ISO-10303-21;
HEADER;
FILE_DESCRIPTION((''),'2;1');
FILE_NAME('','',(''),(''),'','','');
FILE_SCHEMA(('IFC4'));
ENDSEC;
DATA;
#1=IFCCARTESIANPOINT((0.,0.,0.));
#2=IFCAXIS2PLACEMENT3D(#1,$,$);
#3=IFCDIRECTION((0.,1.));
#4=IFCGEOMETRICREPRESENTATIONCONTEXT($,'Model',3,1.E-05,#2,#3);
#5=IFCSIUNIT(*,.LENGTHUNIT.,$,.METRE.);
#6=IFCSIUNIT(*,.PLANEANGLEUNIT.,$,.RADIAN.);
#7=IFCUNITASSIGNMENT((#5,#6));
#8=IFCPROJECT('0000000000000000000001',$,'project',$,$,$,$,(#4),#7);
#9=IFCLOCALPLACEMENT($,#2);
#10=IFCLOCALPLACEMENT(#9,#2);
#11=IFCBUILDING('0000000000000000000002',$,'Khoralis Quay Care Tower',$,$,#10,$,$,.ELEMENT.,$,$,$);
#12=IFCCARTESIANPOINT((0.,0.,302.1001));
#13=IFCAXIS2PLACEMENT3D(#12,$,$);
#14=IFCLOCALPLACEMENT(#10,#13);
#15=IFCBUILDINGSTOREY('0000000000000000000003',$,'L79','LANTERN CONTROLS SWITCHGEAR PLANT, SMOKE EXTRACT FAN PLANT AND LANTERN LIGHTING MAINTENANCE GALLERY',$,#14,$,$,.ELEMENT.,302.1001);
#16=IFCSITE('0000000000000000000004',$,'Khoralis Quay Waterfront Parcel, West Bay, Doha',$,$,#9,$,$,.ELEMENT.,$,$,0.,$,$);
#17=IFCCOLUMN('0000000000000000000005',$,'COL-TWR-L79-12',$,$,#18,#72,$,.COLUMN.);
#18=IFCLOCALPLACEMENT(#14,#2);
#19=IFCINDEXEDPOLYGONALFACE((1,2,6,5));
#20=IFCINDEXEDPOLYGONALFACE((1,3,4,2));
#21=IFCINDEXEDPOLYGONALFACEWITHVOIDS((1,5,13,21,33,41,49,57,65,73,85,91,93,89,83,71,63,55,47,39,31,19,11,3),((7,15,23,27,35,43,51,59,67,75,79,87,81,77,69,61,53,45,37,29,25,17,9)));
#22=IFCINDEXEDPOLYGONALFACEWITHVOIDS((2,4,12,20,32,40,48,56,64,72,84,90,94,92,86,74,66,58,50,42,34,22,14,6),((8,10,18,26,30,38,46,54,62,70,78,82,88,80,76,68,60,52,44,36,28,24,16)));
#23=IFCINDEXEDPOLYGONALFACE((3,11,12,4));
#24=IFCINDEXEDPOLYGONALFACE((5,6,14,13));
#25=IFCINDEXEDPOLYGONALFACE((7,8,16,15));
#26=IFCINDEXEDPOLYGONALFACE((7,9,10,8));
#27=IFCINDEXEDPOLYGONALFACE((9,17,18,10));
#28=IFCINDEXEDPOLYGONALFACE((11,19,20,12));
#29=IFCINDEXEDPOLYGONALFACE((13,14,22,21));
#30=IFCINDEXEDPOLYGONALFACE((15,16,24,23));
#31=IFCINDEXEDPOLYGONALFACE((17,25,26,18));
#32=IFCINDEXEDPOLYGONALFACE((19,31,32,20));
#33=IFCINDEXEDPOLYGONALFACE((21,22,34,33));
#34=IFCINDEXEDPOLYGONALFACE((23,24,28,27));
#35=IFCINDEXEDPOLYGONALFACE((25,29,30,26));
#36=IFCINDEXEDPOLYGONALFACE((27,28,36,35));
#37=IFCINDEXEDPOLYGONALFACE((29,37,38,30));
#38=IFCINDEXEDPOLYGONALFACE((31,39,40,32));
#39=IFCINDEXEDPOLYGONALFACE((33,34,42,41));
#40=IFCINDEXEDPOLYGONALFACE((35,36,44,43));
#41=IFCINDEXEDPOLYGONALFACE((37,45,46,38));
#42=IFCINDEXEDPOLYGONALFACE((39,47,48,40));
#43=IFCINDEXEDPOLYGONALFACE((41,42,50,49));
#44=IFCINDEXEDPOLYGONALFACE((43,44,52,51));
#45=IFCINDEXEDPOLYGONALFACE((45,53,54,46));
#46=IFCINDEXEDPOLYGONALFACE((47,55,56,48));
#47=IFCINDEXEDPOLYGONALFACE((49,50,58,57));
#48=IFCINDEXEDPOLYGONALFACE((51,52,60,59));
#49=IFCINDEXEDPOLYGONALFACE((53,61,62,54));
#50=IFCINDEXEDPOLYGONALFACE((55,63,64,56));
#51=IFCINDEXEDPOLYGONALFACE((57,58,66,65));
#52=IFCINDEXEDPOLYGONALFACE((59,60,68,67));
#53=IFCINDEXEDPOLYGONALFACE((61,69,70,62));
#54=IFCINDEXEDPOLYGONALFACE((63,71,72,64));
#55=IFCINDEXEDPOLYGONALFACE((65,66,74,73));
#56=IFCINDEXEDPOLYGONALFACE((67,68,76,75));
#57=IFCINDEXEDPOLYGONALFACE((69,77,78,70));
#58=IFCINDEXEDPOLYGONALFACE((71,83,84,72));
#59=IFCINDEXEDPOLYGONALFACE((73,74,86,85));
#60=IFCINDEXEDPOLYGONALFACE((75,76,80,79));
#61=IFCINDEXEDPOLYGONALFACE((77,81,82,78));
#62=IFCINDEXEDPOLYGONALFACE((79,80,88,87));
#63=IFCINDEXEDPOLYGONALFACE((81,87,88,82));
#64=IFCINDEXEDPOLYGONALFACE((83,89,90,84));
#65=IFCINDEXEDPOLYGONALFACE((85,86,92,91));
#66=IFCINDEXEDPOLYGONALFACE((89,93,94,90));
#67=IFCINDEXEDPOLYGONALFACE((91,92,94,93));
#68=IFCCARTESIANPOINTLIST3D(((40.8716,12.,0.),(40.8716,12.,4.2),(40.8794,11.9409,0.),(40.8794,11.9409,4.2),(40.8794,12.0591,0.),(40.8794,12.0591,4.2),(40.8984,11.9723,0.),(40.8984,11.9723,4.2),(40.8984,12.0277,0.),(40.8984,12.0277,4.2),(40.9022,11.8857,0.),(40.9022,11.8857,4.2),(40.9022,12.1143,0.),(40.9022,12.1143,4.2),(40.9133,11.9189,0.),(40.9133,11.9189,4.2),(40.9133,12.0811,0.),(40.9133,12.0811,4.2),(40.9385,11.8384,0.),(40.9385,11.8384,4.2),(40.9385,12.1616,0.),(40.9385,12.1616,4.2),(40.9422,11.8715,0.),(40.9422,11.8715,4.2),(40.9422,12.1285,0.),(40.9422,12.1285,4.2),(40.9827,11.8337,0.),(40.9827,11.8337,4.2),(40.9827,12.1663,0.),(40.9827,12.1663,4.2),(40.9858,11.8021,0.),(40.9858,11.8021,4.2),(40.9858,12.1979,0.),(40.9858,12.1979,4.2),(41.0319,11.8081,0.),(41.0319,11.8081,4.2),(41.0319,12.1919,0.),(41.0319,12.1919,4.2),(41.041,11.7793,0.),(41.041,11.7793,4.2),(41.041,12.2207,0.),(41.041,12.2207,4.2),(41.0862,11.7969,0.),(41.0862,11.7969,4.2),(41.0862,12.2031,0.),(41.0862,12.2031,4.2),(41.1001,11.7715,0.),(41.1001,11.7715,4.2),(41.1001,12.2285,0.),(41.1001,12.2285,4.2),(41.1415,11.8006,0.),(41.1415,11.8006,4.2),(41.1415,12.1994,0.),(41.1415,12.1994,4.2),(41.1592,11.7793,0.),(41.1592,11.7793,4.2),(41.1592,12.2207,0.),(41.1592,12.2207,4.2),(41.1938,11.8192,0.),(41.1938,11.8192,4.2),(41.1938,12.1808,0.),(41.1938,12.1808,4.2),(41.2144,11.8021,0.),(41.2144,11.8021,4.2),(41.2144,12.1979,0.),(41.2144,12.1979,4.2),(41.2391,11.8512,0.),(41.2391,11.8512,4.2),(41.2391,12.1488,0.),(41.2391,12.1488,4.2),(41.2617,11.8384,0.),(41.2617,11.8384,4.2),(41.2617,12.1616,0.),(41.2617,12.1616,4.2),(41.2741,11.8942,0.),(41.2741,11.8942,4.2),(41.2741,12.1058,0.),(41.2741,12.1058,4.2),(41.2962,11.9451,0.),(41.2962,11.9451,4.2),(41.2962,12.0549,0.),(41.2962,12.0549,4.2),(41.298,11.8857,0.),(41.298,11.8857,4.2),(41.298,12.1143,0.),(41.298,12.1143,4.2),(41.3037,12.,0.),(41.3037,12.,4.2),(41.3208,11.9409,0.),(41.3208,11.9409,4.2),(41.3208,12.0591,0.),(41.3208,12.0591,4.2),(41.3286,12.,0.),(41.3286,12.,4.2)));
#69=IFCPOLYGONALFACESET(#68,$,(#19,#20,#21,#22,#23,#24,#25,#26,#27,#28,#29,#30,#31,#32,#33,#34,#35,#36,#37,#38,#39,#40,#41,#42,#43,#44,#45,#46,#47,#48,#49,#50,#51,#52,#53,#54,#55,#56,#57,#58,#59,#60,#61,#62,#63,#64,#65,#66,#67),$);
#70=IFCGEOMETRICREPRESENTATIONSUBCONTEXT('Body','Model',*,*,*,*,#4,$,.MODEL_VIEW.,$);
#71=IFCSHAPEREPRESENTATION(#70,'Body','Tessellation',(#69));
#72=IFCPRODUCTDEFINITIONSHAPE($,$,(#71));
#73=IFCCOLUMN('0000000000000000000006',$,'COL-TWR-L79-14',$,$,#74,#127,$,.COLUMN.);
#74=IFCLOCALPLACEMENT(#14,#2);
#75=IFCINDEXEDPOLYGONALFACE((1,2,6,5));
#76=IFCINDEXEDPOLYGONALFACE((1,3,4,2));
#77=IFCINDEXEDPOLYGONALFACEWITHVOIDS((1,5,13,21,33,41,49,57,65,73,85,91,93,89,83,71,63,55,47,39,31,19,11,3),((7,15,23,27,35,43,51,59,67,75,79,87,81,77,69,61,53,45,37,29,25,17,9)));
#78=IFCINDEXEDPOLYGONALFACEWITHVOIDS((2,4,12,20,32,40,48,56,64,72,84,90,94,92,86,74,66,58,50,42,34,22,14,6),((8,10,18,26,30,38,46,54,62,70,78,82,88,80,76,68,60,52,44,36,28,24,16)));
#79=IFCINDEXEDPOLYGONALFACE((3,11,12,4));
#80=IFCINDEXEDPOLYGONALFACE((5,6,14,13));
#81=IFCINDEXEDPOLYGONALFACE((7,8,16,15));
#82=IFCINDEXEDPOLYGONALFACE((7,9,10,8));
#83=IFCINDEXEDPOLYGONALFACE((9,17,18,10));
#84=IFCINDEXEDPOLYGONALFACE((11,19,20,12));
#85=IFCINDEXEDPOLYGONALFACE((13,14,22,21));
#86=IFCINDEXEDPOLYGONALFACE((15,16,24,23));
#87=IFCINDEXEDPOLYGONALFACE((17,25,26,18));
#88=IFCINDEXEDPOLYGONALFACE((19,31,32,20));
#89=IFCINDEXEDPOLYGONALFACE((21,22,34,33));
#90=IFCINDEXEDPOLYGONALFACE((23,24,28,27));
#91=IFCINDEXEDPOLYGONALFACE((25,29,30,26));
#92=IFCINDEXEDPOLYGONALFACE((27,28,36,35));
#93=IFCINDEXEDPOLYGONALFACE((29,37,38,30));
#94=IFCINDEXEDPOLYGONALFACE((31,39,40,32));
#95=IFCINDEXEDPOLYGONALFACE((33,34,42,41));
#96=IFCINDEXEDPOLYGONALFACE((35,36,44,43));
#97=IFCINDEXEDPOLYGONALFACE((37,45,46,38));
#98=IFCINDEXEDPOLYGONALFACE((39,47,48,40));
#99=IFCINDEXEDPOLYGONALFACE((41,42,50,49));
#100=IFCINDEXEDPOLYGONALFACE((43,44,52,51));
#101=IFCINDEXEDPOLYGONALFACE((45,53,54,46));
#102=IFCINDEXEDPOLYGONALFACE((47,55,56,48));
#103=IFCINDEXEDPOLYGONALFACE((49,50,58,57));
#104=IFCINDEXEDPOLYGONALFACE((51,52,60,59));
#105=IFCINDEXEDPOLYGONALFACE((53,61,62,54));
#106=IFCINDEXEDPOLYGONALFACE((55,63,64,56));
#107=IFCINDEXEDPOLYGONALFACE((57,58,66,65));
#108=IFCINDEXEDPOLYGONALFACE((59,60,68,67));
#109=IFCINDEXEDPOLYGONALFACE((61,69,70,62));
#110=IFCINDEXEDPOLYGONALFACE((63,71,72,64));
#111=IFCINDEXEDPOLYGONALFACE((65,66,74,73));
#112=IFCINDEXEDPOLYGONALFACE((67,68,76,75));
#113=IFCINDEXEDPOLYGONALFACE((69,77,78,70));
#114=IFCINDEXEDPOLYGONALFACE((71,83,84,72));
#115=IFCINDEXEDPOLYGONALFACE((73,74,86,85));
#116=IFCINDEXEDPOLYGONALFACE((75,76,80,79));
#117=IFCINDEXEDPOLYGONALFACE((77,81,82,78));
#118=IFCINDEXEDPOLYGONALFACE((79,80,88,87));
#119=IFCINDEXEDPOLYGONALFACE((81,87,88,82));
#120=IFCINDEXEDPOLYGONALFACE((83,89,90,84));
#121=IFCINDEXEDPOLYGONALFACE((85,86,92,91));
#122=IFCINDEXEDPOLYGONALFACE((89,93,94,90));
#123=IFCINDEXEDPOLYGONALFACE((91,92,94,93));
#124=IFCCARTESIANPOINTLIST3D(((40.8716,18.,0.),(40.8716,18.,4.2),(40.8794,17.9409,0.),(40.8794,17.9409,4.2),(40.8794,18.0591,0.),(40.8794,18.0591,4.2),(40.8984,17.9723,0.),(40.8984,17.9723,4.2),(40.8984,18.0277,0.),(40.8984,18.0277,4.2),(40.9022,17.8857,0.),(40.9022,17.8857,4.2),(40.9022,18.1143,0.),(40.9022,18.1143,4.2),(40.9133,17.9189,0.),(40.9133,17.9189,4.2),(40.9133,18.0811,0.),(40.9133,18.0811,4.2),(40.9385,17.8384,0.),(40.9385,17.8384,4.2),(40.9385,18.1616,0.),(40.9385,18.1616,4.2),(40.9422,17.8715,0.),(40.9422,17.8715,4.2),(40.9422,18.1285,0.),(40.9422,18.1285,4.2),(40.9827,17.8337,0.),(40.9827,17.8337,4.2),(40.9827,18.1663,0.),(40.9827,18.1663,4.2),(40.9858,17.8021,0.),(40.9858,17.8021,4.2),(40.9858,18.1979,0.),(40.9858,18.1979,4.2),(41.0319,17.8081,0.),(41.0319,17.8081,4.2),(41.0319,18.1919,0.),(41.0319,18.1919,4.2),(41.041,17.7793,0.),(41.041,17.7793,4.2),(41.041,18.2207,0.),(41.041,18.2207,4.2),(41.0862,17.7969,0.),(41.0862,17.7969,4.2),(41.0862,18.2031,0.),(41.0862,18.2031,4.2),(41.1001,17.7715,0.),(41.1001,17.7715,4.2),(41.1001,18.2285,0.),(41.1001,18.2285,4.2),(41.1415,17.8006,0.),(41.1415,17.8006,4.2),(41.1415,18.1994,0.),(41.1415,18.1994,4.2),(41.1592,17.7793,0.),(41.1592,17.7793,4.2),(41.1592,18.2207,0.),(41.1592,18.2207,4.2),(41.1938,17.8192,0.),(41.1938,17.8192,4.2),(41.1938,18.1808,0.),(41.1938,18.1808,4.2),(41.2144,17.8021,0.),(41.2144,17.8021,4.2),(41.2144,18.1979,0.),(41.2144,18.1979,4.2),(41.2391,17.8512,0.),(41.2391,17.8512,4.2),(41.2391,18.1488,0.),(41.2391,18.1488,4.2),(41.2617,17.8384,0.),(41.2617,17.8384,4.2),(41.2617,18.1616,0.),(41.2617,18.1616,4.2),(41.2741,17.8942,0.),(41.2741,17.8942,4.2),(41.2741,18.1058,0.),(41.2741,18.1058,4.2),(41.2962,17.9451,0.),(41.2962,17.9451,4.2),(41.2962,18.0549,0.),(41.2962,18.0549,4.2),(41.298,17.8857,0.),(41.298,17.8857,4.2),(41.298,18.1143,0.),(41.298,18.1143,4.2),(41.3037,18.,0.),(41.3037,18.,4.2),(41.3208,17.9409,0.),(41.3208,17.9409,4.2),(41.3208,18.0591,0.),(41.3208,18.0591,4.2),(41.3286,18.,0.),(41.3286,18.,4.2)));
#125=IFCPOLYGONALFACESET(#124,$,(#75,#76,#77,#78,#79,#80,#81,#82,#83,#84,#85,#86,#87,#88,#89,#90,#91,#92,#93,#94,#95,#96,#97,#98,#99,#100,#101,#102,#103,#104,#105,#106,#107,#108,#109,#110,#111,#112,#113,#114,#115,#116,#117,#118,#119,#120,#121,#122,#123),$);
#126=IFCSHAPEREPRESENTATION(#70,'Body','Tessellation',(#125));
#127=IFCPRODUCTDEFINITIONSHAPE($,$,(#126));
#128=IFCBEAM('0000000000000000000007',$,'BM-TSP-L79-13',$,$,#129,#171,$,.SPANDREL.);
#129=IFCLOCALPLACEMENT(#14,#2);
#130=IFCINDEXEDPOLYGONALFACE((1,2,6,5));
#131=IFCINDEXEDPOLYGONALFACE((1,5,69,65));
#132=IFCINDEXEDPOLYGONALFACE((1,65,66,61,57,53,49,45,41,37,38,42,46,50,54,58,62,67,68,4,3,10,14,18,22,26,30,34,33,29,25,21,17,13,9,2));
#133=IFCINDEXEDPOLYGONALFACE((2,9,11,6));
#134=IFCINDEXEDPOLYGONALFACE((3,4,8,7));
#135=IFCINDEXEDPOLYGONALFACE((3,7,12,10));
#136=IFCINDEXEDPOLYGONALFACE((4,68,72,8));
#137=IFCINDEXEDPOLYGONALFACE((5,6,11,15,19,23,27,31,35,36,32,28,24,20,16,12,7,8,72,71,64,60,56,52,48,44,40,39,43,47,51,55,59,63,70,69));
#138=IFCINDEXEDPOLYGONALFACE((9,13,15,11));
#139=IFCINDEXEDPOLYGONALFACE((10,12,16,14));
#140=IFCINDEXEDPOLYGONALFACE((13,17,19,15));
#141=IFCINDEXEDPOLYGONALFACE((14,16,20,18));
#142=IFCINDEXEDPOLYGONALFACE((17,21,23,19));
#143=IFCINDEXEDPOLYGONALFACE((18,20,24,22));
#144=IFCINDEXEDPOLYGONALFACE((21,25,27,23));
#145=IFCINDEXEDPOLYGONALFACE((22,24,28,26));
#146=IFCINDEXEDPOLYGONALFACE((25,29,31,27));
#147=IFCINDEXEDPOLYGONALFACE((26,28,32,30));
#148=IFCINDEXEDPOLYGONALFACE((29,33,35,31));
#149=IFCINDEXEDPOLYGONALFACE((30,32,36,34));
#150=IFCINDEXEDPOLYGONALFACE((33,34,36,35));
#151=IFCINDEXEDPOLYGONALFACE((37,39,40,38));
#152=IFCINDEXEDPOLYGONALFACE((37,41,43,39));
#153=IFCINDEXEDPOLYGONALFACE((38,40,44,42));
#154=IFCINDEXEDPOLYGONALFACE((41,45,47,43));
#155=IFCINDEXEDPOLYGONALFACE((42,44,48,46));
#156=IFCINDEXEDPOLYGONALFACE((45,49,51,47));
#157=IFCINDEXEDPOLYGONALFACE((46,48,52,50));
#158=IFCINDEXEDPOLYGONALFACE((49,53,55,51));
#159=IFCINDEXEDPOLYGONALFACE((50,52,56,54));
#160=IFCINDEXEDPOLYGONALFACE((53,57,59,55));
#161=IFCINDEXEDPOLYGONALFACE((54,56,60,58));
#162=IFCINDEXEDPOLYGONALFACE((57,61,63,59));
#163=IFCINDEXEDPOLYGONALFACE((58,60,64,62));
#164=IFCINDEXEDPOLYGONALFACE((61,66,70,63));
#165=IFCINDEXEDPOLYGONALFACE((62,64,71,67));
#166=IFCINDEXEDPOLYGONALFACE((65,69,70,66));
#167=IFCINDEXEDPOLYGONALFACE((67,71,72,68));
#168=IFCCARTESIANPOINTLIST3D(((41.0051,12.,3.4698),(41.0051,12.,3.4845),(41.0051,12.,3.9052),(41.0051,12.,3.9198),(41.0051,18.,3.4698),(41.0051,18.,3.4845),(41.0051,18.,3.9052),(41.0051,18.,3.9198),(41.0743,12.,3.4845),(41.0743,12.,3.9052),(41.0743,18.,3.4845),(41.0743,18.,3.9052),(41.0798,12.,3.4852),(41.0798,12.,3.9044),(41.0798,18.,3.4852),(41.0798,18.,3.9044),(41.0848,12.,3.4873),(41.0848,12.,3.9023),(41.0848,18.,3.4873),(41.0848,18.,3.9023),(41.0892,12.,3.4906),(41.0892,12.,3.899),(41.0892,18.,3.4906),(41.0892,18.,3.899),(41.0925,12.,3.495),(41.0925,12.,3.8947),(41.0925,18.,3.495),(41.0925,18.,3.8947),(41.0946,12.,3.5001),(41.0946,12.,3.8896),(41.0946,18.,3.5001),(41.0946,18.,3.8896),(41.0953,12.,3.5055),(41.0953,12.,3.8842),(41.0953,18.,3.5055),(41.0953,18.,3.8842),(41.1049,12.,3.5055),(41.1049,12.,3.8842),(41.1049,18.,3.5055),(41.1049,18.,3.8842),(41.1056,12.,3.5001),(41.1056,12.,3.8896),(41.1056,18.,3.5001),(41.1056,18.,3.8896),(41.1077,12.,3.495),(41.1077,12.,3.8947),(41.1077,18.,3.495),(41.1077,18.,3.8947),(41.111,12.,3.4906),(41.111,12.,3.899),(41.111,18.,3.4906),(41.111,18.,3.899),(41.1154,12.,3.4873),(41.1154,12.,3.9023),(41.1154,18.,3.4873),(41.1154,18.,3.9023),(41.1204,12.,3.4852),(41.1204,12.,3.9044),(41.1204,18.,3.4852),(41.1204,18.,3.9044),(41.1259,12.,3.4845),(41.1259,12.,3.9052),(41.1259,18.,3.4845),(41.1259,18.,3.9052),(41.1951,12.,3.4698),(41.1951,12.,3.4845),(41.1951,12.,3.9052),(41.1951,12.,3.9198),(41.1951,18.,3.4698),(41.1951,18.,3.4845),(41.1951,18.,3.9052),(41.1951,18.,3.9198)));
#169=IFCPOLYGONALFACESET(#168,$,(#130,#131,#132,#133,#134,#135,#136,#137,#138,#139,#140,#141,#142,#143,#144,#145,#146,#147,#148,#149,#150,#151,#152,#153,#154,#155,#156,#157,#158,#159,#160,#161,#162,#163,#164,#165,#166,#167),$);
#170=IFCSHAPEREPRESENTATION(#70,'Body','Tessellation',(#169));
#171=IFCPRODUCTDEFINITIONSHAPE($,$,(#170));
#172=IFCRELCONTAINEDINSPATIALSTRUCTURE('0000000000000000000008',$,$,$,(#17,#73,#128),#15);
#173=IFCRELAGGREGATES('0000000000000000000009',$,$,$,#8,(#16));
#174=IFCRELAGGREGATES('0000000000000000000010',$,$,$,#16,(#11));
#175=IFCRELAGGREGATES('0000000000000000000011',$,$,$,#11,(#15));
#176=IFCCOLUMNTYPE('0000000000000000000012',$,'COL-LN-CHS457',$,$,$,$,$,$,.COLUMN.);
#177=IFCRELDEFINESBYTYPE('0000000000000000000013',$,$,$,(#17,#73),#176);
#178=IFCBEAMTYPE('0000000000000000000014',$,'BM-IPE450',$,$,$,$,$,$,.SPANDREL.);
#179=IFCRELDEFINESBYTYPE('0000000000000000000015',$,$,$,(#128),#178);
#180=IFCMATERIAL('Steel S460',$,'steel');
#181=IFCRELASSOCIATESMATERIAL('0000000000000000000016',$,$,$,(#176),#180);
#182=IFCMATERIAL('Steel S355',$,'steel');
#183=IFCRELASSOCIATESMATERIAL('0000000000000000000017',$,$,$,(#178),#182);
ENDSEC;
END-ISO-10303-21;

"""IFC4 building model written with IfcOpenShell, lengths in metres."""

from ifc_helpers import new_model, si_unit, direction, frame, origin, origin_2d, place, context, subcontext, project, spatial, hollow_circle, i_section, extrude, source, transform, mapped, material, material_profile, profile_set, type_object, element, save


model = new_model("IFC4")

# Units and contexts
model_context = context("Model", 3, precision=1e-05, world=origin(), true_north=direction((0.0, 1.0)))
body_context = subcontext(model_context, "Body", "Model", "MODEL_VIEW")
ifc_project = project(units=[si_unit("LENGTHUNIT", "METRE"), si_unit("PLANEANGLEUNIT", "RADIAN")], contexts=[model_context])

# Site, building, storey
site_placement = place(None, origin())
site = spatial("IfcSite", under=ifc_project, at=site_placement, Name="Khoralis Quay Waterfront Parcel, West Bay, Doha", CompositionType="ELEMENT", RefElevation=0.0)
building_placement = place(site_placement, origin())
building = spatial("IfcBuilding", under=site, at=building_placement, Name="Khoralis Quay Care Tower", CompositionType="ELEMENT")
storey_placement = place(building_placement, frame((0.0, 0.0, 302.1001)))
storey = spatial("IfcBuildingStorey", under=building, at=storey_placement, Name="L79", Description="LANTERN CONTROLS SWITCHGEAR PLANT, SMOKE EXTRACT FAN PLANT AND LANTERN LIGHTING MAINTENANCE GALLERY", CompositionType="ELEMENT", Elevation=302.1001)

# Columns
ifc_material_1 = material(Name="Steel S460", Category="steel")
ifc_material_profile_1 = material_profile(ifc_material_1, hollow_circle(Radius=0.2285, WallThickness=0.0249, at=origin_2d()), Name="Steel S460")
ifc_profile_set_1 = profile_set([ifc_material_profile_1], Name="Steel S460")
column_type = type_object("IfcColumnType", Name="COL-LN-CHS457", PredefinedType="COLUMN", material=ifc_profile_set_1)
shared_shape_1 = source(origin(), body_context, "Body", "SweptSolid", [
    extrude(hollow_circle(Radius=0.2285, WallThickness=0.0249, at=origin_2d()), origin(), (0.0, 0.0, 1.0), 4.2),
])
for number, where, z_axis, x_axis, name in (
    (1, (41.1001, 12.0, 0.0), (0.0, 0.0, 1.0), (1.0, 0.0, 0.0), "COL-TWR-L79-12"),
    (2, (41.1001, 18.0, 0.0), (0.0, 0.0, 1.0), (1.0, 0.0, 0.0), "COL-TWR-L79-14"),
):
    element("IfcColumn", number, at=place(storey_placement, frame(where, z_axis=z_axis, x_axis=x_axis)), inside=storey, type_object=column_type, Name=name, PredefinedType="COLUMN", context=body_context, shape_type="MappedRepresentation", body=[
        mapped(shared_shape_1, transform((0.0, 0.0, 0.0), scale=1.0)),
    ])

# Beam
ifc_material_2 = material(Name="Steel S355", Category="steel")
ifc_material_profile_2 = material_profile(ifc_material_2, i_section(OverallWidth=0.1899, OverallDepth=0.45, WebThickness=0.0095, FlangeThickness=0.0146, FilletRadius=0.021, at=origin_2d()), Name="Steel S355")
ifc_profile_set_2 = profile_set([ifc_material_profile_2], Name="Steel S355")
beam_type = type_object("IfcBeamType", Name="BM-IPE450", PredefinedType="SPANDREL", material=ifc_profile_set_2)
shared_shape_2 = source(origin(), body_context, "Body", "SweptSolid", [
    extrude(i_section(OverallWidth=0.1899, OverallDepth=0.45, WebThickness=0.0095, FlangeThickness=0.0146, FilletRadius=0.021, at=origin_2d()), origin(), (0.0, 0.0, 1.0), 6.0),
])
for number, where, z_axis, x_axis, name in (
    (3, (41.1001, 12.0, 3.6948), (0.0, 1.0, 0.0), (-1.0, 0.0, 0.0), "BM-TSP-L79-13"),
):
    element("IfcBeam", number, at=place(storey_placement, frame(where, z_axis=z_axis, x_axis=x_axis)), inside=storey, type_object=beam_type, Name=name, PredefinedType="SPANDREL", context=body_context, shape_type="MappedRepresentation", body=[
        mapped(shared_shape_2, transform((0.0, 0.0, 0.0), scale=1.0)),
    ])

save(model, "model.ifc")
